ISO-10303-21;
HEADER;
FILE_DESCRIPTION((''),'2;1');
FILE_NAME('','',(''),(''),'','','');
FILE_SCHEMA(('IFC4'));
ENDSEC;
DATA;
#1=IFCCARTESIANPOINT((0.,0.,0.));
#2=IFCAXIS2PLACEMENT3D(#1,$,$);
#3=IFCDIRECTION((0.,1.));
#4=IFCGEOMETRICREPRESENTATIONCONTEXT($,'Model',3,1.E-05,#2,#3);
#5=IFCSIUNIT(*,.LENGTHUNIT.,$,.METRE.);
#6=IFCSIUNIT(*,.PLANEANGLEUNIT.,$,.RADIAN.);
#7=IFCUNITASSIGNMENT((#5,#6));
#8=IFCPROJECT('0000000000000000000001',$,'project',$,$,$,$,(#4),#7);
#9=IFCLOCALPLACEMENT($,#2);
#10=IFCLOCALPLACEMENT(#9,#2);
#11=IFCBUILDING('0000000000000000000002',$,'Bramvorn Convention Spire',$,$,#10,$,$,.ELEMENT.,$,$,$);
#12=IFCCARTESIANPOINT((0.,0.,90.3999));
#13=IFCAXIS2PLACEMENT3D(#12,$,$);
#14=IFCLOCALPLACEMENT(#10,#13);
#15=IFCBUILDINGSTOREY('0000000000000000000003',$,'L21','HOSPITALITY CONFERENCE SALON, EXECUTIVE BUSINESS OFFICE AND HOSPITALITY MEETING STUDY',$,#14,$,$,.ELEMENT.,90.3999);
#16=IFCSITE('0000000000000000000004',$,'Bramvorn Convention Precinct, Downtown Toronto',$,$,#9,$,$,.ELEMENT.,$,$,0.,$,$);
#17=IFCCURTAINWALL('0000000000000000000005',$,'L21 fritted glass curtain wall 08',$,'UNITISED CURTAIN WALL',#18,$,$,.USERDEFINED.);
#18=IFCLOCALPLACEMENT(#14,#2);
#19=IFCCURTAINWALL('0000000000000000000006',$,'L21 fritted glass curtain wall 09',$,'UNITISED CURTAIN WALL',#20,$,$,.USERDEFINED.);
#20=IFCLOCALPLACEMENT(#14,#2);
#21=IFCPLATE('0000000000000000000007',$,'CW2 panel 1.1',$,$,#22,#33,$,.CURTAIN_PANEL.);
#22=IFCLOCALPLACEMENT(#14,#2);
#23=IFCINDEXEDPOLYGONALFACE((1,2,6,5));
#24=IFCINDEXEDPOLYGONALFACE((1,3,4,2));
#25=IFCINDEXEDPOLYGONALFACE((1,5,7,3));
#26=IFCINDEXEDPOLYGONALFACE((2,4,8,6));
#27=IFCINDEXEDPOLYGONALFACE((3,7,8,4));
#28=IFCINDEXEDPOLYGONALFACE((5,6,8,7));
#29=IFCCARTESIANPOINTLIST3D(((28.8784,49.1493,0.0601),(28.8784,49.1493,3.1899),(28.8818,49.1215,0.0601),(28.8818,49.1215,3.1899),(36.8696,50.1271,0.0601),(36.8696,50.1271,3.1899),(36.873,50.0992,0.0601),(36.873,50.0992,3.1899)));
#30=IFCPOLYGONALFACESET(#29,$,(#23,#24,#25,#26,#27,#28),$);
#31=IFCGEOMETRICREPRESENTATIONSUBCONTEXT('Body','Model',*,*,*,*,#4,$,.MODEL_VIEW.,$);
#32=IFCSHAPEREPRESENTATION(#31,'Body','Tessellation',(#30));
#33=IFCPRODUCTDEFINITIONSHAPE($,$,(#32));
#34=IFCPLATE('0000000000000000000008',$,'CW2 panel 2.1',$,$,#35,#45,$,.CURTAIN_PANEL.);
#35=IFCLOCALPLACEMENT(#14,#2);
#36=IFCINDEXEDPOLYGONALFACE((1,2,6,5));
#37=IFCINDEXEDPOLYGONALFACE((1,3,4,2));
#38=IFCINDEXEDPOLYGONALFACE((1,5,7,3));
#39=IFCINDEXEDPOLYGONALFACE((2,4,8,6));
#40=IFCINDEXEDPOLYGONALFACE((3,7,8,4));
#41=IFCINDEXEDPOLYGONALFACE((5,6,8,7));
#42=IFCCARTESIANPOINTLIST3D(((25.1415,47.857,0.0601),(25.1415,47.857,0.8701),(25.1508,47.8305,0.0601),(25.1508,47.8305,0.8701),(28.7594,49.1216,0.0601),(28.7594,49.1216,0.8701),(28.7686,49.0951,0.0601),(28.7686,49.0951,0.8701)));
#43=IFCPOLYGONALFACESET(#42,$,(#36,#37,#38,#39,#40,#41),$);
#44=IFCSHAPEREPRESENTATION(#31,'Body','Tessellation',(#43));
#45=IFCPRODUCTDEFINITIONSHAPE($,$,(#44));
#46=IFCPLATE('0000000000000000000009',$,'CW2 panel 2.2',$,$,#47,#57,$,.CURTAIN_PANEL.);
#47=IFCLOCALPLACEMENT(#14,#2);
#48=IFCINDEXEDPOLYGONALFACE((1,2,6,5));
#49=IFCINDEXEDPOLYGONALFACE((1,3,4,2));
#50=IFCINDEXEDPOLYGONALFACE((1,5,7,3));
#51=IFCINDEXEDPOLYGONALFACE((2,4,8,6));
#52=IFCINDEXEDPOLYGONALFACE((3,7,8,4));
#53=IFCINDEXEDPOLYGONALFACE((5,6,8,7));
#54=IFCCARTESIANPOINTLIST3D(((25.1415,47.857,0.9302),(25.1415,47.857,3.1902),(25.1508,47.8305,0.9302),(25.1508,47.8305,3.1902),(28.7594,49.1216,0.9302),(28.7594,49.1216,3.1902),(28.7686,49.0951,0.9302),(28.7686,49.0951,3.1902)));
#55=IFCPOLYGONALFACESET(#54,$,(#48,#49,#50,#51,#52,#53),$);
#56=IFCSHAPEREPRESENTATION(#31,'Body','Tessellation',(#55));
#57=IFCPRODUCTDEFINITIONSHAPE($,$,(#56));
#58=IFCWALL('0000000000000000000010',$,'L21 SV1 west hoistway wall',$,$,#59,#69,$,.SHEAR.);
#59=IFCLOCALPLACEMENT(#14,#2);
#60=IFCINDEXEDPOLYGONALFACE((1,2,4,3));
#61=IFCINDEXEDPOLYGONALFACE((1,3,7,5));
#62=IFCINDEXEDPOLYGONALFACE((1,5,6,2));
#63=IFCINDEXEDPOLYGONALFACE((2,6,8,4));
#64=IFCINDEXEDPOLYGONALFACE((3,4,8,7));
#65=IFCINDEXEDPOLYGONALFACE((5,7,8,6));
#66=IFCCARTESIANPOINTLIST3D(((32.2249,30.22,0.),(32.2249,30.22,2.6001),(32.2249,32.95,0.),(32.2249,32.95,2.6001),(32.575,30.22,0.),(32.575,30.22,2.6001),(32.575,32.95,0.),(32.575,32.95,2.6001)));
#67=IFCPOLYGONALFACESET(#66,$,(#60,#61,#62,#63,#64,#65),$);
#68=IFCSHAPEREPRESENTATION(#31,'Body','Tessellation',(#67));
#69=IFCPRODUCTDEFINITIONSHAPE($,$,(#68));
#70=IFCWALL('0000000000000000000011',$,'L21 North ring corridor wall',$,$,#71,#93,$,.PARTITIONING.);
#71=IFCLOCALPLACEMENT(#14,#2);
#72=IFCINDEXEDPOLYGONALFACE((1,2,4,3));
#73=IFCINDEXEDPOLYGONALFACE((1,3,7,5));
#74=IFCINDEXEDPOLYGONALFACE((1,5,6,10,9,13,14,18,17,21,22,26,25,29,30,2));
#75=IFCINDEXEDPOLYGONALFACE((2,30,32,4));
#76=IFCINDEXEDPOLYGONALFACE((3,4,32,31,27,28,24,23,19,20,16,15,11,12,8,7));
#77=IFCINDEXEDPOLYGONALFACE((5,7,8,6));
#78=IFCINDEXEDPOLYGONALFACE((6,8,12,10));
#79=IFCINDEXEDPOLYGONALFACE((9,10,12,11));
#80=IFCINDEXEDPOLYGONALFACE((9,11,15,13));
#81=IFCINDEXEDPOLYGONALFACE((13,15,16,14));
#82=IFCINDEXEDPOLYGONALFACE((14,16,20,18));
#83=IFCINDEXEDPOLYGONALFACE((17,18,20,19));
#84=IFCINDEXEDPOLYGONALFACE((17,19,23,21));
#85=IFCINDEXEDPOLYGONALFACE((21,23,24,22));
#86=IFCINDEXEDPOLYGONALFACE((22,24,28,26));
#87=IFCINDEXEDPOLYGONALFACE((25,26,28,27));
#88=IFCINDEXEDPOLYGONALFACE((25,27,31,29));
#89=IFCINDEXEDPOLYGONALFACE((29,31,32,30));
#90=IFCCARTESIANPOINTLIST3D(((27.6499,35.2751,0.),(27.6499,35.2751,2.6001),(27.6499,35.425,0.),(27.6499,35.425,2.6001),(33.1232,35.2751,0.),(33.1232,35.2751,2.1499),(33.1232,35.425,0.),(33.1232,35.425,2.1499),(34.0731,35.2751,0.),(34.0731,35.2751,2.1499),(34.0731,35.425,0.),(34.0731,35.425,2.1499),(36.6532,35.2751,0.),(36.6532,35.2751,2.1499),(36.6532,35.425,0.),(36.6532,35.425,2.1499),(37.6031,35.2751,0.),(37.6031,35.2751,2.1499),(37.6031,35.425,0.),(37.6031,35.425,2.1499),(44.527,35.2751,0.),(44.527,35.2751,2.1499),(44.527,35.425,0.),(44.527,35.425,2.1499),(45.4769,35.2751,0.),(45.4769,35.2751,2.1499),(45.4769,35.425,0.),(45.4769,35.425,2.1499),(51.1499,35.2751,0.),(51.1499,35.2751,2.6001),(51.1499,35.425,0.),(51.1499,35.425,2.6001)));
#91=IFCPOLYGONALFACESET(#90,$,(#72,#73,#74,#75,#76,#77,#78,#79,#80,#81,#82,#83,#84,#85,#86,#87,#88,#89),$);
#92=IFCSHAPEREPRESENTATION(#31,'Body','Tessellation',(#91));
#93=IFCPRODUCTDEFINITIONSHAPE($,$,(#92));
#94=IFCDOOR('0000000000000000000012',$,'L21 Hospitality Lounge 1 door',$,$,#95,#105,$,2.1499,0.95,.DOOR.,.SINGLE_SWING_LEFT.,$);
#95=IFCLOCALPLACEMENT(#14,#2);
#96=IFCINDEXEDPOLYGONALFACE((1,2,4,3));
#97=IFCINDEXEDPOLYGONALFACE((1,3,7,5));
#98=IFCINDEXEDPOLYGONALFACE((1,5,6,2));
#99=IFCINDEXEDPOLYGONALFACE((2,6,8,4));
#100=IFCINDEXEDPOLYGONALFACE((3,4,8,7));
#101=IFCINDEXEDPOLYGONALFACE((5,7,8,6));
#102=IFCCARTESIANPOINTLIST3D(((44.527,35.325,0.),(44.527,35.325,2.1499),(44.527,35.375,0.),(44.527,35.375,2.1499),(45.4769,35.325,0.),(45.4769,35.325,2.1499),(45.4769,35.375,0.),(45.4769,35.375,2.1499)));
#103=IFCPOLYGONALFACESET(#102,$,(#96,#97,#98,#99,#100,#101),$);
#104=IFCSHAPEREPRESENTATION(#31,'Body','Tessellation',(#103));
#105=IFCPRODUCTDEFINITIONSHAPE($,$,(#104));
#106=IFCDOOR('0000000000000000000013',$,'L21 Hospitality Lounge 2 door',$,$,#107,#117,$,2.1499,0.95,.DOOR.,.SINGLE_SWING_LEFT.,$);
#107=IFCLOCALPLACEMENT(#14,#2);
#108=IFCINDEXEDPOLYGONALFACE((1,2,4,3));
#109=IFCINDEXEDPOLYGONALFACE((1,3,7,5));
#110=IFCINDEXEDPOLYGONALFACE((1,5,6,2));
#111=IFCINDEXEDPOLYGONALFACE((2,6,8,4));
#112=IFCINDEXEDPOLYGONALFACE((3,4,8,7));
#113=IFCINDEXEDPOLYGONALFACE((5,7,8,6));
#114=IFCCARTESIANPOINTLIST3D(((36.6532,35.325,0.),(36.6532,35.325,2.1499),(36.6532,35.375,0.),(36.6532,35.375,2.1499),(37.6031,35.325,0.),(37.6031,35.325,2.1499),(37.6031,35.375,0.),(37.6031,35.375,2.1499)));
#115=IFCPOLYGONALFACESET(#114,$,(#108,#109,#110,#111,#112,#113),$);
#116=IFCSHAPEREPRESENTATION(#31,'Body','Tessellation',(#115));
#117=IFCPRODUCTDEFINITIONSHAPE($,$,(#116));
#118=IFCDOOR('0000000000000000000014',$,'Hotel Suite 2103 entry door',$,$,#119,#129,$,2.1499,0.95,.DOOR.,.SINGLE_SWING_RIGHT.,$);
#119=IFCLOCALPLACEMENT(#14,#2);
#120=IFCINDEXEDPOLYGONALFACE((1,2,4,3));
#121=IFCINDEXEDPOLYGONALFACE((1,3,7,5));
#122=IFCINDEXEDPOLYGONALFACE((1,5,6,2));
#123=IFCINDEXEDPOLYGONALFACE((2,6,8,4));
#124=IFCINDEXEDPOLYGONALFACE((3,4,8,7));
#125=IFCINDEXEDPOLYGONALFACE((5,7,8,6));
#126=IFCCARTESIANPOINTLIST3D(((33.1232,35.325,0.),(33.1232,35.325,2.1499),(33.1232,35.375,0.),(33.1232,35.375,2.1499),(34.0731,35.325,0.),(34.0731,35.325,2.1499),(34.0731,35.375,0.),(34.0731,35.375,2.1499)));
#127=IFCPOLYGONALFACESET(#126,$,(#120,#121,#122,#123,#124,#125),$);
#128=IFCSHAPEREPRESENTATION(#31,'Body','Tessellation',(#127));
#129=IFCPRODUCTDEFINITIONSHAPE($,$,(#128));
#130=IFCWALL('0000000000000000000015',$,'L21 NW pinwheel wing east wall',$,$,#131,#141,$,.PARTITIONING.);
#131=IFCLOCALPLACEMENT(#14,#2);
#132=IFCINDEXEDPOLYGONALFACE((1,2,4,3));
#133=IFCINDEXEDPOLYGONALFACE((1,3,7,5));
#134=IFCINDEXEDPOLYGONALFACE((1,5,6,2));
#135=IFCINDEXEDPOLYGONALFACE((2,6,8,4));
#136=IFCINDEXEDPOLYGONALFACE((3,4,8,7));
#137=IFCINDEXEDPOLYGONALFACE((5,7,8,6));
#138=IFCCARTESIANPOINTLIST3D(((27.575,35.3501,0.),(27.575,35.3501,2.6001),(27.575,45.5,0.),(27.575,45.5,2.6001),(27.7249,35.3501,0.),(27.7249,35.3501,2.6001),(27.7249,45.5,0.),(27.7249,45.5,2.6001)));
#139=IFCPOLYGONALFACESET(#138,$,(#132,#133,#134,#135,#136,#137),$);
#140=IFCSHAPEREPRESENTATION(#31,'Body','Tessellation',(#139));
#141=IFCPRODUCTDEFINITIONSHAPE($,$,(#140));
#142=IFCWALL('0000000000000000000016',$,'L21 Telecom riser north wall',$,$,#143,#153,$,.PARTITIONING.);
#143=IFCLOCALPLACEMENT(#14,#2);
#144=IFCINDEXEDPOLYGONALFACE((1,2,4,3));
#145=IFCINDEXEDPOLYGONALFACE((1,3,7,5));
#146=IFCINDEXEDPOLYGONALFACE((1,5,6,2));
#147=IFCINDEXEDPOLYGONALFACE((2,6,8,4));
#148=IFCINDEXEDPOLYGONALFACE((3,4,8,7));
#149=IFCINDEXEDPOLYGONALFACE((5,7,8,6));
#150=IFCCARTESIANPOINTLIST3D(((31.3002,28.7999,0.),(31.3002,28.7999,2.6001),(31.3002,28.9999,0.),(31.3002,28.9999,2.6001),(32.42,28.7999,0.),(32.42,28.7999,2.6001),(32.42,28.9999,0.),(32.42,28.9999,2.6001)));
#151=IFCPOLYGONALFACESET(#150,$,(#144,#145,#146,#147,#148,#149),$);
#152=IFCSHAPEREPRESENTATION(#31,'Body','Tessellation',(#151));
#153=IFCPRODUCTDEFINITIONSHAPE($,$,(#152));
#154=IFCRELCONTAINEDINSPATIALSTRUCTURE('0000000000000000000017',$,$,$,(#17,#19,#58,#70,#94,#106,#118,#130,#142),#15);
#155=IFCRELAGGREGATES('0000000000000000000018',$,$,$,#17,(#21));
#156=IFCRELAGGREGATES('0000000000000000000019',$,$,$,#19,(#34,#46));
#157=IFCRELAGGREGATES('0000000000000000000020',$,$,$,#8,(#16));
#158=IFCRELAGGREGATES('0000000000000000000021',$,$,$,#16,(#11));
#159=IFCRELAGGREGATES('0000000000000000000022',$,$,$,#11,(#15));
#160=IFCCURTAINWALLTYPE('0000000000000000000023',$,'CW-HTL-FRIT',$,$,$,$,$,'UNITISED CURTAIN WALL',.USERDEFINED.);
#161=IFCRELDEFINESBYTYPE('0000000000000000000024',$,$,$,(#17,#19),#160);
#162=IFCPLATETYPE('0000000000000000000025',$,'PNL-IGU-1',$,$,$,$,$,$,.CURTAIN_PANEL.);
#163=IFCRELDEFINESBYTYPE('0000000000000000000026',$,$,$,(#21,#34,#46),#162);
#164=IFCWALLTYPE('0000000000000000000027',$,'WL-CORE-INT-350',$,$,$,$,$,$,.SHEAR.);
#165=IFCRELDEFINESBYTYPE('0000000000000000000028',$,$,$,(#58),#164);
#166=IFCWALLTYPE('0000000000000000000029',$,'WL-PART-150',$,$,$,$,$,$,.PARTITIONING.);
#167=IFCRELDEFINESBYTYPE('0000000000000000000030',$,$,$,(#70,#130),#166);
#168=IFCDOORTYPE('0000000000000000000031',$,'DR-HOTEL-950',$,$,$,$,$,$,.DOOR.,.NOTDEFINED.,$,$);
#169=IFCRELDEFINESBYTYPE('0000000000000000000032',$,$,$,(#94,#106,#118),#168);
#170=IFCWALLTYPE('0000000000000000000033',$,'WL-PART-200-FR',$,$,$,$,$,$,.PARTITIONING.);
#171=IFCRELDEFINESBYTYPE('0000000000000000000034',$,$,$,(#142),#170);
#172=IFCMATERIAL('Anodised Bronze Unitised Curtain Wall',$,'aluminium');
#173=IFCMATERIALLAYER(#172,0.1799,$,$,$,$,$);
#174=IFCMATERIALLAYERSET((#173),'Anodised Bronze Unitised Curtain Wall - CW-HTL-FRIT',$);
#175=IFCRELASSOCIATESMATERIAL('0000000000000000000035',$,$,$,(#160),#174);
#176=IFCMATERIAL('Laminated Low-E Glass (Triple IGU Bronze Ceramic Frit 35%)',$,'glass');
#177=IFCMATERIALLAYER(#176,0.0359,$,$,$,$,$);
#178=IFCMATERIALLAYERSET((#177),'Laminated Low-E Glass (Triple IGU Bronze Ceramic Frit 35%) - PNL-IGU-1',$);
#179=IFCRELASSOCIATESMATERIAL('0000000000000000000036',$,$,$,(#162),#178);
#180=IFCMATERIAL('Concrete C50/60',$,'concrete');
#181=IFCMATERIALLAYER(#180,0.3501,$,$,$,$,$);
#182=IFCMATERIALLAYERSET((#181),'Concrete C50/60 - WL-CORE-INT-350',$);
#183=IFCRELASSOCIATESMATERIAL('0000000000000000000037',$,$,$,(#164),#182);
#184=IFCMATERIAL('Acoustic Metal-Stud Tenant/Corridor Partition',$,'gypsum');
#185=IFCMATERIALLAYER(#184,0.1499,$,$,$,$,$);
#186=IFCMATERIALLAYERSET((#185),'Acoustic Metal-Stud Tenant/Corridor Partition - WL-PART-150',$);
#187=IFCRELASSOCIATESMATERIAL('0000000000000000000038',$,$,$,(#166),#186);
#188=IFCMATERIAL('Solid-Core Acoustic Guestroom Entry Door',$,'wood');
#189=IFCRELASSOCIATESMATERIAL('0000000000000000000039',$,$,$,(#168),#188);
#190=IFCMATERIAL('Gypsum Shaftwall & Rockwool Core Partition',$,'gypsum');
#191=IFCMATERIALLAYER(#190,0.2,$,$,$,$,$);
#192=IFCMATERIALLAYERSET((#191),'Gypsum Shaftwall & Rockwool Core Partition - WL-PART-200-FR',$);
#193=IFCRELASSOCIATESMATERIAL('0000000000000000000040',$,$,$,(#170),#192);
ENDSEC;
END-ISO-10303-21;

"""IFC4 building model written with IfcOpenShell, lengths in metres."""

from ifc_helpers import new_model, si_unit, direction, frame, frame_2d, origin, origin_2d, place, context, subcontext, project, spatial, rectangle, extrude, material, layer, layer_set, type_object, element, fill, aggregate, save


model = new_model("IFC4")

# Units and contexts
model_context = context("Model", 3, precision=1e-05, world=origin(), true_north=direction((0.0, 1.0)))
body_context = subcontext(model_context, "Body", "Model", "MODEL_VIEW")
ifc_project = project(units=[si_unit("LENGTHUNIT", "METRE"), si_unit("PLANEANGLEUNIT", "RADIAN")], contexts=[model_context])

# Site, building, storey
site_placement = place(None, origin())
site = spatial("IfcSite", under=ifc_project, at=site_placement, Name="Bramvorn Convention Precinct, Downtown Toronto", CompositionType="ELEMENT", RefElevation=0.0)
building_placement = place(site_placement, origin())
building = spatial("IfcBuilding", under=site, at=building_placement, Name="Bramvorn Convention Spire", CompositionType="ELEMENT")
storey_placement = place(building_placement, frame((0.0, 0.0, 90.3999)))
storey = spatial("IfcBuildingStorey", under=building, at=storey_placement, Name="L21", Description="HOSPITALITY CONFERENCE SALON, EXECUTIVE BUSINESS OFFICE AND HOSPITALITY MEETING STUDY", CompositionType="ELEMENT", Elevation=90.3999)

# Curtain walls
ifc_material_1 = material(Name="Anodised Bronze Unitised Curtain Wall", Category="aluminium")
ifc_layer_1 = layer(ifc_material_1, 0.1799)
ifc_layer_set_1 = layer_set([ifc_layer_1], Name="Anodised Bronze Unitised Curtain Wall - CW-HTL-FRIT")
curtain_wall_type = type_object("IfcCurtainWallType", Name="CW-HTL-FRIT", ElementType="UNITISED CURTAIN WALL", PredefinedType="USERDEFINED", material=ifc_layer_set_1)
curtain_wall_1_placement = place(storey_placement, origin())
curtain_wall_1 = element("IfcCurtainWall", 1, at=curtain_wall_1_placement, inside=storey, type_object=curtain_wall_type, Name="L21 fritted glass curtain wall 08", ObjectType="UNITISED CURTAIN WALL", PredefinedType="USERDEFINED")
curtain_wall_2_placement = place(storey_placement, origin())
curtain_wall_2 = element("IfcCurtainWall", 2, at=curtain_wall_2_placement, inside=storey, type_object=curtain_wall_type, Name="L21 fritted glass curtain wall 09", ObjectType="UNITISED CURTAIN WALL", PredefinedType="USERDEFINED")

# Plates
ifc_material_2 = material(Name="Laminated Low-E Glass (Triple IGU Bronze Ceramic Frit 35%)", Category="glass")
ifc_layer_2 = layer(ifc_material_2, 0.0359)
ifc_layer_set_2 = layer_set([ifc_layer_2], Name="Laminated Low-E Glass (Triple IGU Bronze Ceramic Frit 35%) - PNL-IGU-1")
plate_type = type_object("IfcPlateType", Name="PNL-IGU-1", PredefinedType="CURTAIN_PANEL", material=ifc_layer_set_2)
plate_1_placement = place(storey_placement, frame((32.8757, 49.6243, 0.0601), z_axis=(0.0, 0.0, 1.0), x_axis=(0.992598, 0.121445, 0.0)))
plate_1 = element("IfcPlate", 3, at=plate_1_placement, type_object=plate_type, Name="CW2 panel 1.1", PredefinedType="CURTAIN_PANEL", context=body_context, shape_type="SweptSolid", body=[
    extrude(rectangle(XDim=8.0508, YDim=0.0281, at=origin_2d()), origin(), (0.0, 0.0, 1.0), 3.1299),
])
aggregate(curtain_wall_1, [plate_1])
plate_2_placement = place(storey_placement, frame((26.9551, 48.4761, 0.0601), z_axis=(0.0, 0.0, 1.0), x_axis=(0.94399, 0.329973, 0.0)))
plate_2 = element("IfcPlate", 4, at=plate_2_placement, type_object=plate_type, Name="CW2 panel 2.1", PredefinedType="CURTAIN_PANEL", context=body_context, shape_type="SweptSolid", body=[
    extrude(rectangle(XDim=3.8325, YDim=0.0281, at=origin_2d()), origin(), (0.0, 0.0, 1.0), 0.8101),
])
plate_3_placement = place(storey_placement, frame((26.9551, 48.4761, 0.9302), z_axis=(0.0, 0.0, 1.0), x_axis=(0.94399, 0.329973, 0.0)))
plate_3 = element("IfcPlate", 5, at=plate_3_placement, type_object=plate_type, Name="CW2 panel 2.2", PredefinedType="CURTAIN_PANEL", context=body_context, shape_type="SweptSolid", body=[
    extrude(rectangle(XDim=3.8325, YDim=0.0281, at=origin_2d()), origin(), (0.0, 0.0, 1.0), 2.26),
])
aggregate(curtain_wall_2, [plate_2, plate_3])

# Shared definitions
ifc_material_3 = material(Name="Concrete C50/60", Category="concrete")
ifc_layer_3 = layer(ifc_material_3, 0.3501)
ifc_layer_set_3 = layer_set([ifc_layer_3], Name="Concrete C50/60 - WL-CORE-INT-350")
wall_type_1 = type_object("IfcWallType", Name="WL-CORE-INT-350", PredefinedType="SHEAR", material=ifc_layer_set_3)

# Wall
wall_1_placement = place(storey_placement, frame((32.3999, 30.22, 0.0), z_axis=(0.0, 0.0, 1.0), x_axis=(0.0, 1.0, 0.0)))
element("IfcWall", 6, at=wall_1_placement, inside=storey, type_object=wall_type_1, Name="L21 SV1 west hoistway wall", PredefinedType="SHEAR", context=body_context, shape_type="SweptSolid", body=[
    extrude(rectangle(XDim=2.73, YDim=0.3501, at=frame_2d((1.365, 0.0))), origin(), (0.0, 0.0, 1.0), 2.6001),
])

# Wall, openings, doors
ifc_material_4 = material(Name="Acoustic Metal-Stud Tenant/Corridor Partition", Category="gypsum")
ifc_layer_4 = layer(ifc_material_4, 0.1499)
ifc_layer_set_4 = layer_set([ifc_layer_4], Name="Acoustic Metal-Stud Tenant/Corridor Partition - WL-PART-150")
wall_type_2 = type_object("IfcWallType", Name="WL-PART-150", PredefinedType="PARTITIONING", material=ifc_layer_set_4)
wall_2_placement = place(storey_placement, frame((27.6499, 35.3501, 0.0), z_axis=(0.0, 0.0, 1.0), x_axis=(1.0, 0.0, 0.0)))
wall_2 = element("IfcWall", 7, at=wall_2_placement, inside=storey, type_object=wall_type_2, Name="L21 North ring corridor wall", PredefinedType="PARTITIONING", context=body_context, shape_type="SweptSolid", body=[
    extrude(rectangle(XDim=23.5, YDim=0.1499, at=frame_2d((11.75, 0.0))), origin(), (0.0, 0.0, 1.0), 2.6001),
])
opening_1_placement = place(wall_2_placement, frame((16.877, 0.0, 0.0)))
opening_1 = element("IfcOpeningElement", 8, at=opening_1_placement, cuts=wall_2, PredefinedType="OPENING", context=body_context, shape_type="SweptSolid", body=[
    extrude(rectangle(XDim=0.95, YDim=2.1499, at=frame_2d((0.4751, 1.075))), frame((0.0, 0.085, 0.0), z_axis=(0.0, -1.0, 0.0), x_axis=(1.0, 0.0, 0.0)), (0.0, 0.0, 1.0), 0.1699),
])
opening_2_placement = place(wall_2_placement, frame((9.0032, 0.0, 0.0)))
opening_2 = element("IfcOpeningElement", 9, at=opening_2_placement, cuts=wall_2, PredefinedType="OPENING", context=body_context, shape_type="SweptSolid", body=[
    extrude(rectangle(XDim=0.95, YDim=2.1499, at=frame_2d((0.4751, 1.075))), frame((0.0, 0.085, 0.0), z_axis=(0.0, -1.0, 0.0), x_axis=(1.0, 0.0, 0.0)), (0.0, 0.0, 1.0), 0.1699),
])
opening_3_placement = place(wall_2_placement, frame((5.4731, 0.0, 0.0)))
opening_3 = element("IfcOpeningElement", 10, at=opening_3_placement, cuts=wall_2, PredefinedType="OPENING", context=body_context, shape_type="SweptSolid", body=[
    extrude(rectangle(XDim=0.95, YDim=2.1499, at=frame_2d((0.4751, 1.075))), frame((0.0, 0.085, 0.0), z_axis=(0.0, -1.0, 0.0), x_axis=(1.0, 0.0, 0.0)), (0.0, 0.0, 1.0), 0.1699),
])
ifc_material_5 = material(Name="Solid-Core Acoustic Guestroom Entry Door", Category="wood")
door_type_1 = type_object("IfcDoorType", Name="DR-HOTEL-950", OperationType="NOTDEFINED", PredefinedType="DOOR", material=ifc_material_5)
door_1_placement = place(opening_1_placement, origin())
door_1 = element("IfcDoor", 11, at=door_1_placement, inside=storey, type_object=door_type_1, Name="L21 Hospitality Lounge 1 door", OperationType="SINGLE_SWING_LEFT", OverallHeight=2.1499, OverallWidth=0.95, PredefinedType="DOOR", context=body_context, shape_type="SweptSolid", body=[
    extrude(rectangle(XDim=0.95, YDim=2.1499, at=frame_2d((0.4751, 1.075))), frame((0.0, 0.0249, 0.0), z_axis=(0.0, -1.0, 0.0), x_axis=(1.0, 0.0, 0.0)), (0.0, 0.0, 1.0), 0.05),
])
fill(opening_1, door_1)
door_2_placement = place(opening_2_placement, origin())
door_2 = element("IfcDoor", 12, at=door_2_placement, inside=storey, type_object=door_type_1, Name="L21 Hospitality Lounge 2 door", OperationType="SINGLE_SWING_LEFT", OverallHeight=2.1499, OverallWidth=0.95, PredefinedType="DOOR", context=body_context, shape_type="SweptSolid", body=[
    extrude(rectangle(XDim=0.95, YDim=2.1499, at=frame_2d((0.4751, 1.075))), frame((0.0, 0.0249, 0.0), z_axis=(0.0, -1.0, 0.0), x_axis=(1.0, 0.0, 0.0)), (0.0, 0.0, 1.0), 0.05),
])
fill(opening_2, door_2)
door_3_placement = place(opening_3_placement, origin())
door_3 = element("IfcDoor", 13, at=door_3_placement, inside=storey, type_object=door_type_1, Name="Hotel Suite 2103 entry door", OperationType="SINGLE_SWING_RIGHT", OverallHeight=2.1499, OverallWidth=0.95, PredefinedType="DOOR", context=body_context, shape_type="SweptSolid", body=[
    extrude(rectangle(XDim=0.95, YDim=2.1499, at=frame_2d((0.4751, 1.075))), frame((0.0, 0.0249, 0.0), z_axis=(0.0, -1.0, 0.0), x_axis=(1.0, 0.0, 0.0)), (0.0, 0.0, 1.0), 0.05),
])
fill(opening_3, door_3)

# Walls
wall_3_placement = place(storey_placement, frame((27.6499, 35.3501, 0.0), z_axis=(0.0, 0.0, 1.0), x_axis=(0.0, 1.0, 0.0)))
element("IfcWall", 14, at=wall_3_placement, inside=storey, type_object=wall_type_2, Name="L21 NW pinwheel wing east wall", PredefinedType="PARTITIONING", context=body_context, shape_type="SweptSolid", body=[
    extrude(rectangle(XDim=10.1499, YDim=0.1499, at=frame_2d((5.075, 0.0))), origin(), (0.0, 0.0, 1.0), 2.6001),
])
ifc_material_6 = material(Name="Gypsum Shaftwall & Rockwool Core Partition", Category="gypsum")
ifc_layer_5 = layer(ifc_material_6, 0.2)
ifc_layer_set_5 = layer_set([ifc_layer_5], Name="Gypsum Shaftwall & Rockwool Core Partition - WL-PART-200-FR")
wall_type_3 = type_object("IfcWallType", Name="WL-PART-200-FR", PredefinedType="PARTITIONING", material=ifc_layer_set_5)
wall_4_placement = place(storey_placement, frame((31.3, 28.8999, 0.0), z_axis=(0.0, 0.0, 1.0), x_axis=(1.0, 0.0, 0.0)))
element("IfcWall", 15, at=wall_4_placement, inside=storey, type_object=wall_type_3, Name="L21 Telecom riser north wall", PredefinedType="PARTITIONING", context=body_context, shape_type="SweptSolid", body=[
    extrude(rectangle(XDim=1.1199, YDim=0.2, at=frame_2d((0.5601, 0.0))), origin(), (0.0, 0.0, 1.0), 2.6001),
])

save(model, "model.ifc")
